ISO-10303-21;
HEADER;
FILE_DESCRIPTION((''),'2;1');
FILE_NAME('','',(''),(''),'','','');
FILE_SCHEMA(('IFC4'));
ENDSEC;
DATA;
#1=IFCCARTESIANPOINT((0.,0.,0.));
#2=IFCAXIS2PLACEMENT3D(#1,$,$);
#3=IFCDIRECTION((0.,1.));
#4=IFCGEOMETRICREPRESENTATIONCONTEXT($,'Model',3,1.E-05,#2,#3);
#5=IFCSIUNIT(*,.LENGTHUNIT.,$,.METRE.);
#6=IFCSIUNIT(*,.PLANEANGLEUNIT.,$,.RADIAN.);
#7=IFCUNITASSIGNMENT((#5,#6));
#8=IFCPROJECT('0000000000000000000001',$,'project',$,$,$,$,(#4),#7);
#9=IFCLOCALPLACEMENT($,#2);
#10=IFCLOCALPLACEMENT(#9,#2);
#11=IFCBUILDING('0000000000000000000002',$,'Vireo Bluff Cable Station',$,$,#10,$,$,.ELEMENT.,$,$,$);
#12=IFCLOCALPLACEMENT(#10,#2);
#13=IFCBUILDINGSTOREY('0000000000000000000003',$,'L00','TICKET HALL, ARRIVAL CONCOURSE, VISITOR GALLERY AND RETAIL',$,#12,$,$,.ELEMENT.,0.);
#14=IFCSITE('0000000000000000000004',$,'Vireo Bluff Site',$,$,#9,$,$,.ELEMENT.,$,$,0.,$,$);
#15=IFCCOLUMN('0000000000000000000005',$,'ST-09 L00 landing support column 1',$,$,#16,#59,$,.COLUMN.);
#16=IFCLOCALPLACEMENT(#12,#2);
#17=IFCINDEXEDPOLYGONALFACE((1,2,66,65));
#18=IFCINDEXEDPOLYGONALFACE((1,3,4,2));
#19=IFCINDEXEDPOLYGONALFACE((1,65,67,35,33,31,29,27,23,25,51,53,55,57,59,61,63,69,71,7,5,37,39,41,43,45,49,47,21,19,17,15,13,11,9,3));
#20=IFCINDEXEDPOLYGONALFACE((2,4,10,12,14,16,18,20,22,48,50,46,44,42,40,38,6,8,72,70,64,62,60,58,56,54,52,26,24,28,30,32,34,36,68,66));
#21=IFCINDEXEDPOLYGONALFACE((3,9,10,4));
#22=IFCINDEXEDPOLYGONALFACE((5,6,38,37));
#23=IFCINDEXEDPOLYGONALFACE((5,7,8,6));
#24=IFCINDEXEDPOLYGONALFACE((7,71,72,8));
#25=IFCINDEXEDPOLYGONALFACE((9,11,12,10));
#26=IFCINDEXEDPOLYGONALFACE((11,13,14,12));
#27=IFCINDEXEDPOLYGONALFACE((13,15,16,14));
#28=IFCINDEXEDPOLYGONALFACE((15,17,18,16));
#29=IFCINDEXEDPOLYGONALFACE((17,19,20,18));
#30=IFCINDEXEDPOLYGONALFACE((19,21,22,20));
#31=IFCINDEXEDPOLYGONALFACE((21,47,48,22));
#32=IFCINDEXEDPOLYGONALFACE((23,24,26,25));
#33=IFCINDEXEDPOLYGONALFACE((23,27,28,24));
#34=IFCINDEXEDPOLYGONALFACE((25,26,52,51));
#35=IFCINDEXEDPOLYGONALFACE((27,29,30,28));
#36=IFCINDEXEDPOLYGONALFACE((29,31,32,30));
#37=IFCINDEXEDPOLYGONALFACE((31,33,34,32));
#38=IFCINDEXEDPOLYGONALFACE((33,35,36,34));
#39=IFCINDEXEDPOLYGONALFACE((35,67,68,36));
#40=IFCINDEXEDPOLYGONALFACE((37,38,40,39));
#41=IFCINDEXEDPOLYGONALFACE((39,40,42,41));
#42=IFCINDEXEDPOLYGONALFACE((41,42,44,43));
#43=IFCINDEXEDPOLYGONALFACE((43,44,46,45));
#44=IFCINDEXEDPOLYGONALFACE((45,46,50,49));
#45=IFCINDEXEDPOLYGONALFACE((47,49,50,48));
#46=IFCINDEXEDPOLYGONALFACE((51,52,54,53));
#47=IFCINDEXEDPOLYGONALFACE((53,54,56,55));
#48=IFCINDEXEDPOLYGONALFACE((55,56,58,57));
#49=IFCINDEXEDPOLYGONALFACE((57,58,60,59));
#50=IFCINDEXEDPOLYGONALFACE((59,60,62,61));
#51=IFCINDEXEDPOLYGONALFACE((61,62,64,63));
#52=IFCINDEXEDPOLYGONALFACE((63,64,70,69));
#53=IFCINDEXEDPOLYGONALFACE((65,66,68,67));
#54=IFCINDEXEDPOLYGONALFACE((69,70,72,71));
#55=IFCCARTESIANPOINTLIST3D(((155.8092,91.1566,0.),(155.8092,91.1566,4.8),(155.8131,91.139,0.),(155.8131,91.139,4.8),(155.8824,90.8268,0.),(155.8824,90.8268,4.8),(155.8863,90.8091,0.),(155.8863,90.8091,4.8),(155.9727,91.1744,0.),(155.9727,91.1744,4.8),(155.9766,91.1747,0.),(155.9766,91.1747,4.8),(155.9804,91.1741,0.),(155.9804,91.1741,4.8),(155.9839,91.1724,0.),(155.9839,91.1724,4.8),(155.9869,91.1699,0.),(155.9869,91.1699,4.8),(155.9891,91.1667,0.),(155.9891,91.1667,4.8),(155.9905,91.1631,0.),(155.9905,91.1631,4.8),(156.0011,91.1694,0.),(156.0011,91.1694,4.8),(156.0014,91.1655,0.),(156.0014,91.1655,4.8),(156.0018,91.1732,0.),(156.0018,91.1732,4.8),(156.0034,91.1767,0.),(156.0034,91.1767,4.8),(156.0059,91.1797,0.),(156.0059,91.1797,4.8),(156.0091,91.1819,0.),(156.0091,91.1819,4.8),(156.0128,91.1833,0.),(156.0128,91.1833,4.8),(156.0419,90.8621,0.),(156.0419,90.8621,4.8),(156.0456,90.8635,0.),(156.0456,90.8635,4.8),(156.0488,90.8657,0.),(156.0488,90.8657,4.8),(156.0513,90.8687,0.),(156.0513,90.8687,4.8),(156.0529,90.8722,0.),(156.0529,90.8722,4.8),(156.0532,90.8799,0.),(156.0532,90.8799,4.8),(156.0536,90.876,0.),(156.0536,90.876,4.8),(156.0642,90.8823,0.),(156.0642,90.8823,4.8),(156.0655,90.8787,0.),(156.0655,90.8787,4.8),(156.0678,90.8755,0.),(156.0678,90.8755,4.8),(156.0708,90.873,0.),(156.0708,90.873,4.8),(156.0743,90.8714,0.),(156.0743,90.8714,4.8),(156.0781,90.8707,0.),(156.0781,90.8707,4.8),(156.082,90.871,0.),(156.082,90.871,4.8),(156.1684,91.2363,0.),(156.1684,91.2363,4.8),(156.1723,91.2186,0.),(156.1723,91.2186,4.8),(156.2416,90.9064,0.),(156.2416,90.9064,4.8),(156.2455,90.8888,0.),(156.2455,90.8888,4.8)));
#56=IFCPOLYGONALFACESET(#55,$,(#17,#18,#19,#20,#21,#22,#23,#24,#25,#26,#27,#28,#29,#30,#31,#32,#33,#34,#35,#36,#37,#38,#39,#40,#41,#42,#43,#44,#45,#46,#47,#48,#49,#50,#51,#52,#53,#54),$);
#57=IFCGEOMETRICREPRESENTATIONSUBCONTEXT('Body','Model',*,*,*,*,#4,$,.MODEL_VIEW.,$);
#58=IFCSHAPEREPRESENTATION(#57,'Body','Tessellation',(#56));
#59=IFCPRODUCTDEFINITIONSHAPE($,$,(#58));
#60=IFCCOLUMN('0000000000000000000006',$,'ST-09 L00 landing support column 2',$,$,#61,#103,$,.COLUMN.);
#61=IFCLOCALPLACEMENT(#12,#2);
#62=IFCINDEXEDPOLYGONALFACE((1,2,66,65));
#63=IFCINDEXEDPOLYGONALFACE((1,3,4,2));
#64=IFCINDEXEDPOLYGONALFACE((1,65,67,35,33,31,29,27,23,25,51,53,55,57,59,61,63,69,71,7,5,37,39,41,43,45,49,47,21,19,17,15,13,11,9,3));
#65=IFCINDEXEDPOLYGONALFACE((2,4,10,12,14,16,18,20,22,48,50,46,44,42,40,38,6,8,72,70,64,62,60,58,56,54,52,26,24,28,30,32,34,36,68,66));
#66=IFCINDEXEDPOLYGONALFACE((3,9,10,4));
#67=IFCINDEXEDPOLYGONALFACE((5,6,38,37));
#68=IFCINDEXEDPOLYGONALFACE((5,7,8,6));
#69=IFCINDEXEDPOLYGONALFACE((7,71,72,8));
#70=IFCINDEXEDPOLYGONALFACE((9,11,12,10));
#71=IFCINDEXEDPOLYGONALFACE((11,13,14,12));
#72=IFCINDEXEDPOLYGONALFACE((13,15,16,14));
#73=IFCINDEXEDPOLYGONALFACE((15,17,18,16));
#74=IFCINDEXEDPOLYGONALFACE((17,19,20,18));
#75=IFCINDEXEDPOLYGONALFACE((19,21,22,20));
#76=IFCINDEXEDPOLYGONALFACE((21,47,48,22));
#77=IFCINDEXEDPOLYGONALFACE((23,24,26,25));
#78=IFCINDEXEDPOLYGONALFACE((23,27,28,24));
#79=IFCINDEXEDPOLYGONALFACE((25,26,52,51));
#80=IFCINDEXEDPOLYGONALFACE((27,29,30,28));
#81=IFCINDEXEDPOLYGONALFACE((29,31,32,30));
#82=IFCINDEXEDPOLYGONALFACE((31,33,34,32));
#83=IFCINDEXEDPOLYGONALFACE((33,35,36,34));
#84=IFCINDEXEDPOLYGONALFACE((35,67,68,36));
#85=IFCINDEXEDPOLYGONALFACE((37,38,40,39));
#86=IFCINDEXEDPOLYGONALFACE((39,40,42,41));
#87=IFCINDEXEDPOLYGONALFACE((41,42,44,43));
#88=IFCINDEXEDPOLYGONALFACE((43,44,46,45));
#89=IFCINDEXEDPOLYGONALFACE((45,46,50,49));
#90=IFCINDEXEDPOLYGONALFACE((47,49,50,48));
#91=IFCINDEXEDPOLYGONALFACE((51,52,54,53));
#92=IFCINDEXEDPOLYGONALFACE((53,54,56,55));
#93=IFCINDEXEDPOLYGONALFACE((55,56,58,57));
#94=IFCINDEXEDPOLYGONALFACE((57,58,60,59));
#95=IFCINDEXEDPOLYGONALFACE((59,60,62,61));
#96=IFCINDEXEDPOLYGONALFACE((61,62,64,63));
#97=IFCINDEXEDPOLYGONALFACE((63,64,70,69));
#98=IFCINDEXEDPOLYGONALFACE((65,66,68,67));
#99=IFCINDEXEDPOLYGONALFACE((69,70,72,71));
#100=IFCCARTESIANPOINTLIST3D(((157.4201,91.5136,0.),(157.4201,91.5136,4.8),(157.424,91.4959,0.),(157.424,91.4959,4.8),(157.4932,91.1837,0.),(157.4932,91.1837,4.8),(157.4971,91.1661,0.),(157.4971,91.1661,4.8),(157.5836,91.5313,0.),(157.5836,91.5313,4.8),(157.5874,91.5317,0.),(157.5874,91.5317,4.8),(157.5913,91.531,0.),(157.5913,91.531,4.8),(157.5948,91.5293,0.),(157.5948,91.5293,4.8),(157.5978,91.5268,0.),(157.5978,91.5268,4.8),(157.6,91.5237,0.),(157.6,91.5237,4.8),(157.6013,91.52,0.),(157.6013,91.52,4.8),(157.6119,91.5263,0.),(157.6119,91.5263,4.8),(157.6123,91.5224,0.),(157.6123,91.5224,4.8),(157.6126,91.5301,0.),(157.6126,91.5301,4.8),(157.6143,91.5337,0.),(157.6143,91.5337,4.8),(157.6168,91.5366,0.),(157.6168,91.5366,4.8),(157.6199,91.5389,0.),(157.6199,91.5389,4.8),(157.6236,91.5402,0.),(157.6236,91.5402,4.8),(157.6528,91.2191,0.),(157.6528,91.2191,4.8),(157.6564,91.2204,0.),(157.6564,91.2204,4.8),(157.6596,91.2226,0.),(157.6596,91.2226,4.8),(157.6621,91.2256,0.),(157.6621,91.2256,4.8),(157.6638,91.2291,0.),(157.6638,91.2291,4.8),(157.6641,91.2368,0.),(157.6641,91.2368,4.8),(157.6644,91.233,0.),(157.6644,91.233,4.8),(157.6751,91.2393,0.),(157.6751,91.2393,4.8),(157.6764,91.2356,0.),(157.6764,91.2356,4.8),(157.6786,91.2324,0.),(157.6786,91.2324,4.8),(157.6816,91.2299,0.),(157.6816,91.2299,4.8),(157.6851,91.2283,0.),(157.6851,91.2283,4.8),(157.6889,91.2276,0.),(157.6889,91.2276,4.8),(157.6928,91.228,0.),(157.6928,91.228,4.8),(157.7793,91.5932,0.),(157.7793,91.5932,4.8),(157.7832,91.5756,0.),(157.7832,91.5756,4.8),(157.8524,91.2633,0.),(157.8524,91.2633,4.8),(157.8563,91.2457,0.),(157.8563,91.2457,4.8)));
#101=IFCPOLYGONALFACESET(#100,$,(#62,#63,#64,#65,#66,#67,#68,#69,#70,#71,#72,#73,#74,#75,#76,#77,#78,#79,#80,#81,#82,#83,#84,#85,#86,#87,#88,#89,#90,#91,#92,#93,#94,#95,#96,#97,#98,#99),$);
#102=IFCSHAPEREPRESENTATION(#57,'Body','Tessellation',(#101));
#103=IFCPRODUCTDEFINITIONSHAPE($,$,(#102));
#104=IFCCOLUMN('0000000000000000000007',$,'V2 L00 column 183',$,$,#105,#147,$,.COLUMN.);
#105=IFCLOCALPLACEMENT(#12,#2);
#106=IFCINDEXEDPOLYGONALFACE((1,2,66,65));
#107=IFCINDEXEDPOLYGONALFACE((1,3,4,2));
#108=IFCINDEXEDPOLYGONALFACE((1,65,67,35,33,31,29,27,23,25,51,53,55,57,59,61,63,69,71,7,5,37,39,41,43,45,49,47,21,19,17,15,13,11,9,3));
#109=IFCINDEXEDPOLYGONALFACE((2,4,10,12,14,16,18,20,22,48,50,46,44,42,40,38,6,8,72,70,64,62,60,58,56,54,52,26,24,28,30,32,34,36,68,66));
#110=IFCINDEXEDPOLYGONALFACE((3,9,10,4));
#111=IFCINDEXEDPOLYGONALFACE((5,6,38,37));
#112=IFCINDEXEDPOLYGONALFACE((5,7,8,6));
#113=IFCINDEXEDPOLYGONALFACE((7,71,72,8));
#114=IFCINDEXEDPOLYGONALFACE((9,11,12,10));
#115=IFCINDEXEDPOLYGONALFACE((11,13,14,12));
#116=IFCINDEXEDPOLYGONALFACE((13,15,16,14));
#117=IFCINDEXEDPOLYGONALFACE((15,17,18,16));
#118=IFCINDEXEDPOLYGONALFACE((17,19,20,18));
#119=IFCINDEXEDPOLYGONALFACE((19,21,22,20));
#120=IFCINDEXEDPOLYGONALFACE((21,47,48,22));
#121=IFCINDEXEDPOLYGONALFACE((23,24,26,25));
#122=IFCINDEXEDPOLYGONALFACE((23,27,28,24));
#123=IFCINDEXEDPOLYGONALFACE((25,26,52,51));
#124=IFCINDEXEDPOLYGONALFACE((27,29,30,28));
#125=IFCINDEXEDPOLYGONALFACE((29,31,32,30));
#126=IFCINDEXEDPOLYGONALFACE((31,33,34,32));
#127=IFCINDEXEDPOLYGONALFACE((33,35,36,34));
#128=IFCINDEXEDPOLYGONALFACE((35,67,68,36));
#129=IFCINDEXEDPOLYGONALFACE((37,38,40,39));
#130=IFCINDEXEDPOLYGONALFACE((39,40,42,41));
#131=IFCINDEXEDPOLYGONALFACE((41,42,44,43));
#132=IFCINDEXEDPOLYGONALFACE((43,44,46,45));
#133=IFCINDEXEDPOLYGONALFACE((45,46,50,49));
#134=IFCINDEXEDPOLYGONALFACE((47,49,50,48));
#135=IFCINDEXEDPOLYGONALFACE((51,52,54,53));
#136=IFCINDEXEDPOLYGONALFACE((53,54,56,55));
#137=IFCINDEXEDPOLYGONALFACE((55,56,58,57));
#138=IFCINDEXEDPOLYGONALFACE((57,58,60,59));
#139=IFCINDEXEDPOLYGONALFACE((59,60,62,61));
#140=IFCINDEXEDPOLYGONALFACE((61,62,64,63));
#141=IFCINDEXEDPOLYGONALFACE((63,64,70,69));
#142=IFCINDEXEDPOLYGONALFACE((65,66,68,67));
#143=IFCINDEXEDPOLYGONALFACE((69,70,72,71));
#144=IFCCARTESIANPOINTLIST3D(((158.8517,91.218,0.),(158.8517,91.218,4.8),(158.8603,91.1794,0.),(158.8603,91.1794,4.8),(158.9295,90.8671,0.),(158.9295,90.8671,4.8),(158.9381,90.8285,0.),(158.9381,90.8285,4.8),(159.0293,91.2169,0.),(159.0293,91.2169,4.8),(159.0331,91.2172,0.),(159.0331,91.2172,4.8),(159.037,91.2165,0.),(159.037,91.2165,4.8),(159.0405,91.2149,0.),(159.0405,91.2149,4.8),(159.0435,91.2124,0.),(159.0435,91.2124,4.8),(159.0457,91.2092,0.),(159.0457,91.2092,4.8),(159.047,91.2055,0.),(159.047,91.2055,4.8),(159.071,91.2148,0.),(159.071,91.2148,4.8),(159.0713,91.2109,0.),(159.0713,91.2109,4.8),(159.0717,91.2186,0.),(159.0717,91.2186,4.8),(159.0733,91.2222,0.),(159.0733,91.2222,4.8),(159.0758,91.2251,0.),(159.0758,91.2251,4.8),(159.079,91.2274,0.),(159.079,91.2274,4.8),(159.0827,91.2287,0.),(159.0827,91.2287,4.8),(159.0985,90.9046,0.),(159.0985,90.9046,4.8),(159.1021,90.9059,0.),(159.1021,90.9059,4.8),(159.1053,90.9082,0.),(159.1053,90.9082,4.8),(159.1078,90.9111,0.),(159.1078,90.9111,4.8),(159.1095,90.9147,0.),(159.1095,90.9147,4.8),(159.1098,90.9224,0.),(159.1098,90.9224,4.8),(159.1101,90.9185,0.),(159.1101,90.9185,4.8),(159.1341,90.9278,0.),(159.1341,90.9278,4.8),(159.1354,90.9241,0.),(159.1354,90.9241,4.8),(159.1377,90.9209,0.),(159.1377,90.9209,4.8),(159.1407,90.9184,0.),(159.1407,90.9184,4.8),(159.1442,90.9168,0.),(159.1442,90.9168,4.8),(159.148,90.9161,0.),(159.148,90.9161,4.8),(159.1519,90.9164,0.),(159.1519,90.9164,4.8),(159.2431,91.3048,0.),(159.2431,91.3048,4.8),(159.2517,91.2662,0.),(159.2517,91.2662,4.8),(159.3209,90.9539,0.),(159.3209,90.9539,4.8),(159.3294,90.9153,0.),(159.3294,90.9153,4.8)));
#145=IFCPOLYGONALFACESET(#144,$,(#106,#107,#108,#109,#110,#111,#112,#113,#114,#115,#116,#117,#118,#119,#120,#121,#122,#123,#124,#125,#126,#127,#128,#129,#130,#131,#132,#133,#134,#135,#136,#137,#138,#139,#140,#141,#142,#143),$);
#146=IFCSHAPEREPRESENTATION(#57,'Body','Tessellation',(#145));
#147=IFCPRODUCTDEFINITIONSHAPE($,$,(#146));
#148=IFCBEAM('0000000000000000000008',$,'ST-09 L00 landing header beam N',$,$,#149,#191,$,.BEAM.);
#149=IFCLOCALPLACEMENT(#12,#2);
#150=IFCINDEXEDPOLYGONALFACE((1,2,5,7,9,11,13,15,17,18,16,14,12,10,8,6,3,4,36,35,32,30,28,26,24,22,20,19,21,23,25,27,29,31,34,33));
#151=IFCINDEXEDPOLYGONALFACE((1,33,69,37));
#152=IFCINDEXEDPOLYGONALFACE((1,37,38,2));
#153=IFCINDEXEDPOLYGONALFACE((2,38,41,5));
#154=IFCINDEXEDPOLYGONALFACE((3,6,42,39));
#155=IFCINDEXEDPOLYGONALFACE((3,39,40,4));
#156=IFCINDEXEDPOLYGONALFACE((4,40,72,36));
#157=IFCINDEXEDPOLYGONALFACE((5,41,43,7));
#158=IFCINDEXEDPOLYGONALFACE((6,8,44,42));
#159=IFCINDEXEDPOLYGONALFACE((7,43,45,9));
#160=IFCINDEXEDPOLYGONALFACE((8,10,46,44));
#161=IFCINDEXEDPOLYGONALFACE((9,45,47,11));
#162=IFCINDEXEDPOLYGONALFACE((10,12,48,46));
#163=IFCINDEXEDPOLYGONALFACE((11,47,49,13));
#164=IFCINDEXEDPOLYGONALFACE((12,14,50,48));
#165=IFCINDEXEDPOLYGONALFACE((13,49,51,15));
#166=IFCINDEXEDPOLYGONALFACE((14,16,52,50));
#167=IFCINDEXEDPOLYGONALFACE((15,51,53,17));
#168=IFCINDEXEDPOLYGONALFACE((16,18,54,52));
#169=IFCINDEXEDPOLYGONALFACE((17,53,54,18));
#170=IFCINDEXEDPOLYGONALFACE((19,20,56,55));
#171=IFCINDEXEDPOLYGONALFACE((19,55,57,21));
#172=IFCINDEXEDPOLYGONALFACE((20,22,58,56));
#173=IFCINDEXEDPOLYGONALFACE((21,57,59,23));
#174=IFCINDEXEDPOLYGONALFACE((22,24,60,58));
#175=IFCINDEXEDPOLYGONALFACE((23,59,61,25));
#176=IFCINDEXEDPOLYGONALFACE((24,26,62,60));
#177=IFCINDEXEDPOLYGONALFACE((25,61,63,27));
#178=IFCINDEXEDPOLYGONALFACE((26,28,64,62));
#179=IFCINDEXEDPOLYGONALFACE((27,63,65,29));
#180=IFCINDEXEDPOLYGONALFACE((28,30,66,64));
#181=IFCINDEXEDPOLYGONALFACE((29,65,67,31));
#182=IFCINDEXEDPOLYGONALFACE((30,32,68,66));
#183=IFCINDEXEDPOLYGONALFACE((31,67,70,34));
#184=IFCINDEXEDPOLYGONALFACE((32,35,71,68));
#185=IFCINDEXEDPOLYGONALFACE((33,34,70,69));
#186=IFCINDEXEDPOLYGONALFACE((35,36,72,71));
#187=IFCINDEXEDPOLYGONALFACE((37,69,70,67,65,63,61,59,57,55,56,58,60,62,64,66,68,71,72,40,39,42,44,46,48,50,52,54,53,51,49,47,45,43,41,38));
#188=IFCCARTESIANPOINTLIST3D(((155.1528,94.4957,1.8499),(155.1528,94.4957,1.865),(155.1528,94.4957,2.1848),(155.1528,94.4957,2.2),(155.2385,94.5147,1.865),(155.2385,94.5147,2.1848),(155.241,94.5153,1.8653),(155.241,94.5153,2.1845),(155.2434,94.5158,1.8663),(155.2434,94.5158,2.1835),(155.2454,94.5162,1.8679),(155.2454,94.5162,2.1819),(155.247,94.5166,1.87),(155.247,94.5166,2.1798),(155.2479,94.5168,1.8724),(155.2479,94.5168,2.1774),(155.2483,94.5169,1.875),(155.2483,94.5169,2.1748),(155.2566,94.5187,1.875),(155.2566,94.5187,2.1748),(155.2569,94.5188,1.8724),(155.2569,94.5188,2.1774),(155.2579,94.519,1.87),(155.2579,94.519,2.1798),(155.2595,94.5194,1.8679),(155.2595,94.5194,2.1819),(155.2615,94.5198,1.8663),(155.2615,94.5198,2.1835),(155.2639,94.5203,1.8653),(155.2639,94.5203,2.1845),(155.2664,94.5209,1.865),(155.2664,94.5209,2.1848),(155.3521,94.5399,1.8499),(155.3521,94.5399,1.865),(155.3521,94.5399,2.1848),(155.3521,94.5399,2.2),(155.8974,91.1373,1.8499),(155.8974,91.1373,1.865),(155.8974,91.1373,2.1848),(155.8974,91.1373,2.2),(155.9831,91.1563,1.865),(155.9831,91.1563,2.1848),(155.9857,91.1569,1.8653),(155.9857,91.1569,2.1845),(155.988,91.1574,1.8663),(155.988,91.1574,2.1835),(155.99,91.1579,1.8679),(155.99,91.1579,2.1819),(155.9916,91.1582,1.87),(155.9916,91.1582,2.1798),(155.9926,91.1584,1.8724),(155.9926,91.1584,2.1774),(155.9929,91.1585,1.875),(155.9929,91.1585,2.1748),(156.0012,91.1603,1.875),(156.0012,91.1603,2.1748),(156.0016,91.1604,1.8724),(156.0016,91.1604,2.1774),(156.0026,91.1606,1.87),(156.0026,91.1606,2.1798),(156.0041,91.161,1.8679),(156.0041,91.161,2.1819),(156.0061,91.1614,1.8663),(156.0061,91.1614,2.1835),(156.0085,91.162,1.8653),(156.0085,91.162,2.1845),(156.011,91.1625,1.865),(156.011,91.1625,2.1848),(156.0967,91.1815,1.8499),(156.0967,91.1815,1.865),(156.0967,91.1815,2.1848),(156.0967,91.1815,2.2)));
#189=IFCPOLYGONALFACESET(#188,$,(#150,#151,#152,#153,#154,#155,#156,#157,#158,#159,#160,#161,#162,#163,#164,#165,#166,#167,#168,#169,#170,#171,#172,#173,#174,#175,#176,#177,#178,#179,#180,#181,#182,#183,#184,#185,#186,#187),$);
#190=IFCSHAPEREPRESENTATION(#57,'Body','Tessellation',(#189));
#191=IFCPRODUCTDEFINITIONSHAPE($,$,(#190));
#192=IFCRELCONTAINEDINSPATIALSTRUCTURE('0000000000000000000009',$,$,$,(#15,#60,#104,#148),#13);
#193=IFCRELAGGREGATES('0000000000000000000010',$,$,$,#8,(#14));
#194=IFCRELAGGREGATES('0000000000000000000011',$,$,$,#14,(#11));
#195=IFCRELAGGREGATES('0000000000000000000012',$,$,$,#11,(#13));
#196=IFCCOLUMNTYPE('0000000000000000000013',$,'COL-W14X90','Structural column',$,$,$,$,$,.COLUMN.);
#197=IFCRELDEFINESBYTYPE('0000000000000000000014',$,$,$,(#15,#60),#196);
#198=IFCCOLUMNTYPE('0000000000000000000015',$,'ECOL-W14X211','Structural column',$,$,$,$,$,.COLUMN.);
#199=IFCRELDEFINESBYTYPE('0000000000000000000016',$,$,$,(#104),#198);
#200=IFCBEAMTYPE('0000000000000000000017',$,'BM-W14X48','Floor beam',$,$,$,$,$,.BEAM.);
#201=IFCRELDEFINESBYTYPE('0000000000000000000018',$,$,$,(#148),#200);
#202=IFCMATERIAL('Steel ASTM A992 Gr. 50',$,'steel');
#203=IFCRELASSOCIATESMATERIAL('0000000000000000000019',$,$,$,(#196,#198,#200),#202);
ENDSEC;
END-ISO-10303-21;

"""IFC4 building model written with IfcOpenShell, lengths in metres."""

from ifc_helpers import new_model, si_unit, direction, frame, origin, origin_2d, place, context, subcontext, project, spatial, i_section, extrude, material, material_profile, profile_set, type_object, element, save


model = new_model("IFC4")

# Units and contexts
model_context = context("Model", 3, precision=1e-05, world=origin(), true_north=direction((0.0, 1.0)))
body_context = subcontext(model_context, "Body", "Model", "MODEL_VIEW")
ifc_project = project(units=[si_unit("LENGTHUNIT", "METRE"), si_unit("PLANEANGLEUNIT", "RADIAN")], contexts=[model_context])

# Site, building, storey
site_placement = place(None, origin())
site = spatial("IfcSite", under=ifc_project, at=site_placement, Name="Vireo Bluff Site", CompositionType="ELEMENT", RefElevation=0.0)
building_placement = place(site_placement, origin())
building = spatial("IfcBuilding", under=site, at=building_placement, Name="Vireo Bluff Cable Station", CompositionType="ELEMENT")
storey_placement = place(building_placement, origin())
storey = spatial("IfcBuildingStorey", under=building, at=storey_placement, Name="L00", Description="TICKET HALL, ARRIVAL CONCOURSE, VISITOR GALLERY AND RETAIL", CompositionType="ELEMENT", Elevation=0.0)

# Columns
ifc_material_1 = material(Name="Steel ASTM A992 Gr. 50", Category="steel")
ifc_material_profile_1 = material_profile(ifc_material_1, i_section(OverallWidth=0.3679, OverallDepth=0.356, WebThickness=0.0112, FlangeThickness=0.0181, FilletRadius=0.0149, at=origin_2d()), Name="W14X90")
ifc_profile_set_1 = profile_set([ifc_material_profile_1], Name="Steel ASTM A992 Gr. 50")
column_type_1 = type_object("IfcColumnType", Name="COL-W14X90", Description="Structural column", PredefinedType="COLUMN", material=ifc_profile_set_1)
for number, where, z_axis, x_axis, name in (
    (1, (156.0273, 91.0227, 0.0), (0.0, 0.0, 1.0), (0.976296, 0.21644, 0.0), "ST-09 L00 landing support column 1"),
    (2, (157.6382, 91.3796, 0.0), (0.0, 0.0, 1.0), (0.976296, 0.21644, 0.0), "ST-09 L00 landing support column 2"),
):
    element("IfcColumn", number, at=place(storey_placement, frame(where, z_axis=z_axis, x_axis=x_axis)), inside=storey, type_object=column_type_1, Name=name, PredefinedType="COLUMN", context=body_context, shape_type="SweptSolid", body=[
        extrude(i_section(OverallWidth=0.3679, OverallDepth=0.356, WebThickness=0.0112, FlangeThickness=0.0181, FilletRadius=0.0149, at=origin_2d()), origin(), (0.0, 0.0, 1.0), 4.8),
    ])
ifc_material_profile_2 = material_profile(ifc_material_1, i_section(OverallWidth=0.4009, OverallDepth=0.3989, WebThickness=0.0249, FlangeThickness=0.0396, FilletRadius=0.0149, at=origin_2d()), Name="W14X211")
ifc_profile_set_2 = profile_set([ifc_material_profile_2], Name="Steel ASTM A992 Gr. 50")
column_type_2 = type_object("IfcColumnType", Name="ECOL-W14X211", Description="Structural column", PredefinedType="COLUMN", material=ifc_profile_set_2)
column_placement = place(storey_placement, frame((159.0906, 91.0667, 0.0), z_axis=(0.0, 0.0, 1.0), x_axis=(0.976296, 0.21644, 0.0)))
element("IfcColumn", 3, at=column_placement, inside=storey, type_object=column_type_2, Name="V2 L00 column 183", PredefinedType="COLUMN", context=body_context, shape_type="SweptSolid", body=[
    extrude(i_section(OverallWidth=0.4009, OverallDepth=0.3989, WebThickness=0.0249, FlangeThickness=0.0396, FilletRadius=0.0149, at=origin_2d()), origin(), (0.0, 0.0, 1.0), 4.8),
])

# Beam
ifc_material_profile_3 = material_profile(ifc_material_1, i_section(OverallWidth=0.2041, OverallDepth=0.3501, WebThickness=0.0085, FlangeThickness=0.0151, FilletRadius=0.01, at=origin_2d()), Name="W14X48")
ifc_profile_set_3 = profile_set([ifc_material_profile_3], Name="Steel ASTM A992 Gr. 50")
beam_type_1 = type_object("IfcBeamType", Name="BM-W14X48", Description="Floor beam", PredefinedType="BEAM", material=ifc_profile_set_3)
beam_1_placement = place(storey_placement, frame((155.9971, 91.1594, 2.0249), z_axis=(-0.216465, 0.97629, 0.0), x_axis=(-0.97629, -0.216465, 0.0)))
element("IfcBeam", 4, at=beam_1_placement, inside=storey, type_object=beam_type_1, Name="ST-09 L00 landing header beam N", PredefinedType="BEAM", context=body_context, shape_type="SweptSolid", body=[
    extrude(i_section(OverallWidth=0.2041, OverallDepth=0.3501, WebThickness=0.0085, FlangeThickness=0.0151, FilletRadius=0.01, at=origin_2d()), origin(), (0.0, 0.0, 1.0), 3.4399),
])

save(model, "model.ifc")
